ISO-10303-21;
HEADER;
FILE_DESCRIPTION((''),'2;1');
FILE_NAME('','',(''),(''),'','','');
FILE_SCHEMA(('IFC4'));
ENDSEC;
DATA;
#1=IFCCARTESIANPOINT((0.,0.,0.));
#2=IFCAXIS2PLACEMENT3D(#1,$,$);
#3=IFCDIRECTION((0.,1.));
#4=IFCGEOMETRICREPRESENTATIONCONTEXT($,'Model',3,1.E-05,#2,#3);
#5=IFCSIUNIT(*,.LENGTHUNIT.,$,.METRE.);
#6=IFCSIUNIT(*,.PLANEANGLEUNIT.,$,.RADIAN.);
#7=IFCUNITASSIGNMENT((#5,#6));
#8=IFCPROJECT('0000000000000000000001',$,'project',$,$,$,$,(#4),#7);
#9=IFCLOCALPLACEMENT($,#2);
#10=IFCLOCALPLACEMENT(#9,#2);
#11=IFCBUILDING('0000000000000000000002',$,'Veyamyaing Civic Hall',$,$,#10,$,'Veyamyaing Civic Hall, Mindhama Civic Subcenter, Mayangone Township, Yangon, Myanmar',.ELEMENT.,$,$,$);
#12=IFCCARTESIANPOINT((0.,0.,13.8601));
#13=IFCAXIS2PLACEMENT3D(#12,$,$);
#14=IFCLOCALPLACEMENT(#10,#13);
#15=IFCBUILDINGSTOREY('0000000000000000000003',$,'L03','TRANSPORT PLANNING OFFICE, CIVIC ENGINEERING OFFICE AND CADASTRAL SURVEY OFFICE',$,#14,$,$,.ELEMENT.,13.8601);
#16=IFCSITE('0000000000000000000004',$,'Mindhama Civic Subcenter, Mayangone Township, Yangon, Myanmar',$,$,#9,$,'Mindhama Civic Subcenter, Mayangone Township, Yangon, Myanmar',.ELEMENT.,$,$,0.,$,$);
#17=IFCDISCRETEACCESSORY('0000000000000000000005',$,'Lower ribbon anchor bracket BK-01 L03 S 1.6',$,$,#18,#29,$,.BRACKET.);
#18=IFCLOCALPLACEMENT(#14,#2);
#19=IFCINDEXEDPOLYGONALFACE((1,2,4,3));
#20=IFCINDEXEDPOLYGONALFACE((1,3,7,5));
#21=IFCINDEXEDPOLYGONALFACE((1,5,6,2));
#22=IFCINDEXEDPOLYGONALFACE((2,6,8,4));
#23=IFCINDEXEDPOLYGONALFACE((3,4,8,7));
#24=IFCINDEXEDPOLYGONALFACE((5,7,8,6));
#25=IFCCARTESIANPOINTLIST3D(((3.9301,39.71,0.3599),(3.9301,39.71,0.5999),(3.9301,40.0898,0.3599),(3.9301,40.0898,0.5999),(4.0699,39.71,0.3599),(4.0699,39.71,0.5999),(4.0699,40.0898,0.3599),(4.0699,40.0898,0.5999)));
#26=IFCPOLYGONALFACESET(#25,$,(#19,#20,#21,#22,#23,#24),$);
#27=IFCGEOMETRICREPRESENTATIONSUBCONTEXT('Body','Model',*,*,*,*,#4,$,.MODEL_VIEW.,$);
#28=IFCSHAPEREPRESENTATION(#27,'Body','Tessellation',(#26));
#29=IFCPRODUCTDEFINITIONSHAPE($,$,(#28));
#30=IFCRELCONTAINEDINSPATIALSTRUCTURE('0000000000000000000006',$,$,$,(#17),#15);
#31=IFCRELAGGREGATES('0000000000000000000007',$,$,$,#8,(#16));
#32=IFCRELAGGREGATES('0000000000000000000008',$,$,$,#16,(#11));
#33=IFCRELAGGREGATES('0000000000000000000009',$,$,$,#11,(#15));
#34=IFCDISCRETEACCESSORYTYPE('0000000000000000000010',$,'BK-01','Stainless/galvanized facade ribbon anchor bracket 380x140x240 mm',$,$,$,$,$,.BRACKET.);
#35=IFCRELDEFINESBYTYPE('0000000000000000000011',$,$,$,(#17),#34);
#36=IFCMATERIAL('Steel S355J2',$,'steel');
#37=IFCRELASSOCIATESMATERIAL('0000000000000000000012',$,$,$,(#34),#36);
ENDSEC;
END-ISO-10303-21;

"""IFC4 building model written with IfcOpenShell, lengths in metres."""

from ifc_helpers import new_model, si_unit, direction, frame, origin, origin_2d, place, context, subcontext, project, spatial, rectangle, extrude, material, type_object, element, save


model = new_model("IFC4")

# Units and contexts
model_context = context("Model", 3, precision=1e-05, world=origin(), true_north=direction((0.0, 1.0)))
body_context = subcontext(model_context, "Body", "Model", "MODEL_VIEW")
ifc_project = project(units=[si_unit("LENGTHUNIT", "METRE"), si_unit("PLANEANGLEUNIT", "RADIAN")], contexts=[model_context])

# Site, building, storey
site_placement = place(None, origin())
site = spatial("IfcSite", under=ifc_project, at=site_placement, Name="Mindhama Civic Subcenter, Mayangone Township, Yangon, Myanmar", LongName="Mindhama Civic Subcenter, Mayangone Township, Yangon, Myanmar", CompositionType="ELEMENT", RefElevation=0.0)
building_placement = place(site_placement, origin())
building = spatial("IfcBuilding", under=site, at=building_placement, Name="Veyamyaing Civic Hall", LongName="Veyamyaing Civic Hall, Mindhama Civic Subcenter, Mayangone Township, Yangon, Myanmar", CompositionType="ELEMENT")
storey_placement = place(building_placement, frame((0.0, 0.0, 13.8601)))
storey = spatial("IfcBuildingStorey", under=building, at=storey_placement, Name="L03", Description="TRANSPORT PLANNING OFFICE, CIVIC ENGINEERING OFFICE AND CADASTRAL SURVEY OFFICE", CompositionType="ELEMENT", Elevation=13.8601)

# Discrete accessory
ifc_material_1 = material(Name="Steel S355J2", Category="steel")
discrete_accessory_type = type_object("IfcDiscreteAccessoryType", Name="BK-01", Description="Stainless/galvanized facade ribbon anchor bracket 380x140x240 mm", PredefinedType="BRACKET", material=ifc_material_1)
for number, where, z_axis, x_axis, name in (
    (1, (4.0, 39.8999, 0.3599), (0.0, 0.0, 1.0), (0.0, -1.0, 0.0), "Lower ribbon anchor bracket BK-01 L03 S 1.6"),
):
    element("IfcDiscreteAccessory", number, at=place(storey_placement, frame(where, z_axis=z_axis, x_axis=x_axis)), inside=storey, type_object=discrete_accessory_type, Name=name, PredefinedType="BRACKET", context=body_context, shape_type="SweptSolid", body=[
        extrude(rectangle(XDim=0.3799, YDim=0.1399, at=origin_2d()), origin(), (0.0, 0.0, 1.0), 0.24),
    ])

save(model, "model.ifc")
